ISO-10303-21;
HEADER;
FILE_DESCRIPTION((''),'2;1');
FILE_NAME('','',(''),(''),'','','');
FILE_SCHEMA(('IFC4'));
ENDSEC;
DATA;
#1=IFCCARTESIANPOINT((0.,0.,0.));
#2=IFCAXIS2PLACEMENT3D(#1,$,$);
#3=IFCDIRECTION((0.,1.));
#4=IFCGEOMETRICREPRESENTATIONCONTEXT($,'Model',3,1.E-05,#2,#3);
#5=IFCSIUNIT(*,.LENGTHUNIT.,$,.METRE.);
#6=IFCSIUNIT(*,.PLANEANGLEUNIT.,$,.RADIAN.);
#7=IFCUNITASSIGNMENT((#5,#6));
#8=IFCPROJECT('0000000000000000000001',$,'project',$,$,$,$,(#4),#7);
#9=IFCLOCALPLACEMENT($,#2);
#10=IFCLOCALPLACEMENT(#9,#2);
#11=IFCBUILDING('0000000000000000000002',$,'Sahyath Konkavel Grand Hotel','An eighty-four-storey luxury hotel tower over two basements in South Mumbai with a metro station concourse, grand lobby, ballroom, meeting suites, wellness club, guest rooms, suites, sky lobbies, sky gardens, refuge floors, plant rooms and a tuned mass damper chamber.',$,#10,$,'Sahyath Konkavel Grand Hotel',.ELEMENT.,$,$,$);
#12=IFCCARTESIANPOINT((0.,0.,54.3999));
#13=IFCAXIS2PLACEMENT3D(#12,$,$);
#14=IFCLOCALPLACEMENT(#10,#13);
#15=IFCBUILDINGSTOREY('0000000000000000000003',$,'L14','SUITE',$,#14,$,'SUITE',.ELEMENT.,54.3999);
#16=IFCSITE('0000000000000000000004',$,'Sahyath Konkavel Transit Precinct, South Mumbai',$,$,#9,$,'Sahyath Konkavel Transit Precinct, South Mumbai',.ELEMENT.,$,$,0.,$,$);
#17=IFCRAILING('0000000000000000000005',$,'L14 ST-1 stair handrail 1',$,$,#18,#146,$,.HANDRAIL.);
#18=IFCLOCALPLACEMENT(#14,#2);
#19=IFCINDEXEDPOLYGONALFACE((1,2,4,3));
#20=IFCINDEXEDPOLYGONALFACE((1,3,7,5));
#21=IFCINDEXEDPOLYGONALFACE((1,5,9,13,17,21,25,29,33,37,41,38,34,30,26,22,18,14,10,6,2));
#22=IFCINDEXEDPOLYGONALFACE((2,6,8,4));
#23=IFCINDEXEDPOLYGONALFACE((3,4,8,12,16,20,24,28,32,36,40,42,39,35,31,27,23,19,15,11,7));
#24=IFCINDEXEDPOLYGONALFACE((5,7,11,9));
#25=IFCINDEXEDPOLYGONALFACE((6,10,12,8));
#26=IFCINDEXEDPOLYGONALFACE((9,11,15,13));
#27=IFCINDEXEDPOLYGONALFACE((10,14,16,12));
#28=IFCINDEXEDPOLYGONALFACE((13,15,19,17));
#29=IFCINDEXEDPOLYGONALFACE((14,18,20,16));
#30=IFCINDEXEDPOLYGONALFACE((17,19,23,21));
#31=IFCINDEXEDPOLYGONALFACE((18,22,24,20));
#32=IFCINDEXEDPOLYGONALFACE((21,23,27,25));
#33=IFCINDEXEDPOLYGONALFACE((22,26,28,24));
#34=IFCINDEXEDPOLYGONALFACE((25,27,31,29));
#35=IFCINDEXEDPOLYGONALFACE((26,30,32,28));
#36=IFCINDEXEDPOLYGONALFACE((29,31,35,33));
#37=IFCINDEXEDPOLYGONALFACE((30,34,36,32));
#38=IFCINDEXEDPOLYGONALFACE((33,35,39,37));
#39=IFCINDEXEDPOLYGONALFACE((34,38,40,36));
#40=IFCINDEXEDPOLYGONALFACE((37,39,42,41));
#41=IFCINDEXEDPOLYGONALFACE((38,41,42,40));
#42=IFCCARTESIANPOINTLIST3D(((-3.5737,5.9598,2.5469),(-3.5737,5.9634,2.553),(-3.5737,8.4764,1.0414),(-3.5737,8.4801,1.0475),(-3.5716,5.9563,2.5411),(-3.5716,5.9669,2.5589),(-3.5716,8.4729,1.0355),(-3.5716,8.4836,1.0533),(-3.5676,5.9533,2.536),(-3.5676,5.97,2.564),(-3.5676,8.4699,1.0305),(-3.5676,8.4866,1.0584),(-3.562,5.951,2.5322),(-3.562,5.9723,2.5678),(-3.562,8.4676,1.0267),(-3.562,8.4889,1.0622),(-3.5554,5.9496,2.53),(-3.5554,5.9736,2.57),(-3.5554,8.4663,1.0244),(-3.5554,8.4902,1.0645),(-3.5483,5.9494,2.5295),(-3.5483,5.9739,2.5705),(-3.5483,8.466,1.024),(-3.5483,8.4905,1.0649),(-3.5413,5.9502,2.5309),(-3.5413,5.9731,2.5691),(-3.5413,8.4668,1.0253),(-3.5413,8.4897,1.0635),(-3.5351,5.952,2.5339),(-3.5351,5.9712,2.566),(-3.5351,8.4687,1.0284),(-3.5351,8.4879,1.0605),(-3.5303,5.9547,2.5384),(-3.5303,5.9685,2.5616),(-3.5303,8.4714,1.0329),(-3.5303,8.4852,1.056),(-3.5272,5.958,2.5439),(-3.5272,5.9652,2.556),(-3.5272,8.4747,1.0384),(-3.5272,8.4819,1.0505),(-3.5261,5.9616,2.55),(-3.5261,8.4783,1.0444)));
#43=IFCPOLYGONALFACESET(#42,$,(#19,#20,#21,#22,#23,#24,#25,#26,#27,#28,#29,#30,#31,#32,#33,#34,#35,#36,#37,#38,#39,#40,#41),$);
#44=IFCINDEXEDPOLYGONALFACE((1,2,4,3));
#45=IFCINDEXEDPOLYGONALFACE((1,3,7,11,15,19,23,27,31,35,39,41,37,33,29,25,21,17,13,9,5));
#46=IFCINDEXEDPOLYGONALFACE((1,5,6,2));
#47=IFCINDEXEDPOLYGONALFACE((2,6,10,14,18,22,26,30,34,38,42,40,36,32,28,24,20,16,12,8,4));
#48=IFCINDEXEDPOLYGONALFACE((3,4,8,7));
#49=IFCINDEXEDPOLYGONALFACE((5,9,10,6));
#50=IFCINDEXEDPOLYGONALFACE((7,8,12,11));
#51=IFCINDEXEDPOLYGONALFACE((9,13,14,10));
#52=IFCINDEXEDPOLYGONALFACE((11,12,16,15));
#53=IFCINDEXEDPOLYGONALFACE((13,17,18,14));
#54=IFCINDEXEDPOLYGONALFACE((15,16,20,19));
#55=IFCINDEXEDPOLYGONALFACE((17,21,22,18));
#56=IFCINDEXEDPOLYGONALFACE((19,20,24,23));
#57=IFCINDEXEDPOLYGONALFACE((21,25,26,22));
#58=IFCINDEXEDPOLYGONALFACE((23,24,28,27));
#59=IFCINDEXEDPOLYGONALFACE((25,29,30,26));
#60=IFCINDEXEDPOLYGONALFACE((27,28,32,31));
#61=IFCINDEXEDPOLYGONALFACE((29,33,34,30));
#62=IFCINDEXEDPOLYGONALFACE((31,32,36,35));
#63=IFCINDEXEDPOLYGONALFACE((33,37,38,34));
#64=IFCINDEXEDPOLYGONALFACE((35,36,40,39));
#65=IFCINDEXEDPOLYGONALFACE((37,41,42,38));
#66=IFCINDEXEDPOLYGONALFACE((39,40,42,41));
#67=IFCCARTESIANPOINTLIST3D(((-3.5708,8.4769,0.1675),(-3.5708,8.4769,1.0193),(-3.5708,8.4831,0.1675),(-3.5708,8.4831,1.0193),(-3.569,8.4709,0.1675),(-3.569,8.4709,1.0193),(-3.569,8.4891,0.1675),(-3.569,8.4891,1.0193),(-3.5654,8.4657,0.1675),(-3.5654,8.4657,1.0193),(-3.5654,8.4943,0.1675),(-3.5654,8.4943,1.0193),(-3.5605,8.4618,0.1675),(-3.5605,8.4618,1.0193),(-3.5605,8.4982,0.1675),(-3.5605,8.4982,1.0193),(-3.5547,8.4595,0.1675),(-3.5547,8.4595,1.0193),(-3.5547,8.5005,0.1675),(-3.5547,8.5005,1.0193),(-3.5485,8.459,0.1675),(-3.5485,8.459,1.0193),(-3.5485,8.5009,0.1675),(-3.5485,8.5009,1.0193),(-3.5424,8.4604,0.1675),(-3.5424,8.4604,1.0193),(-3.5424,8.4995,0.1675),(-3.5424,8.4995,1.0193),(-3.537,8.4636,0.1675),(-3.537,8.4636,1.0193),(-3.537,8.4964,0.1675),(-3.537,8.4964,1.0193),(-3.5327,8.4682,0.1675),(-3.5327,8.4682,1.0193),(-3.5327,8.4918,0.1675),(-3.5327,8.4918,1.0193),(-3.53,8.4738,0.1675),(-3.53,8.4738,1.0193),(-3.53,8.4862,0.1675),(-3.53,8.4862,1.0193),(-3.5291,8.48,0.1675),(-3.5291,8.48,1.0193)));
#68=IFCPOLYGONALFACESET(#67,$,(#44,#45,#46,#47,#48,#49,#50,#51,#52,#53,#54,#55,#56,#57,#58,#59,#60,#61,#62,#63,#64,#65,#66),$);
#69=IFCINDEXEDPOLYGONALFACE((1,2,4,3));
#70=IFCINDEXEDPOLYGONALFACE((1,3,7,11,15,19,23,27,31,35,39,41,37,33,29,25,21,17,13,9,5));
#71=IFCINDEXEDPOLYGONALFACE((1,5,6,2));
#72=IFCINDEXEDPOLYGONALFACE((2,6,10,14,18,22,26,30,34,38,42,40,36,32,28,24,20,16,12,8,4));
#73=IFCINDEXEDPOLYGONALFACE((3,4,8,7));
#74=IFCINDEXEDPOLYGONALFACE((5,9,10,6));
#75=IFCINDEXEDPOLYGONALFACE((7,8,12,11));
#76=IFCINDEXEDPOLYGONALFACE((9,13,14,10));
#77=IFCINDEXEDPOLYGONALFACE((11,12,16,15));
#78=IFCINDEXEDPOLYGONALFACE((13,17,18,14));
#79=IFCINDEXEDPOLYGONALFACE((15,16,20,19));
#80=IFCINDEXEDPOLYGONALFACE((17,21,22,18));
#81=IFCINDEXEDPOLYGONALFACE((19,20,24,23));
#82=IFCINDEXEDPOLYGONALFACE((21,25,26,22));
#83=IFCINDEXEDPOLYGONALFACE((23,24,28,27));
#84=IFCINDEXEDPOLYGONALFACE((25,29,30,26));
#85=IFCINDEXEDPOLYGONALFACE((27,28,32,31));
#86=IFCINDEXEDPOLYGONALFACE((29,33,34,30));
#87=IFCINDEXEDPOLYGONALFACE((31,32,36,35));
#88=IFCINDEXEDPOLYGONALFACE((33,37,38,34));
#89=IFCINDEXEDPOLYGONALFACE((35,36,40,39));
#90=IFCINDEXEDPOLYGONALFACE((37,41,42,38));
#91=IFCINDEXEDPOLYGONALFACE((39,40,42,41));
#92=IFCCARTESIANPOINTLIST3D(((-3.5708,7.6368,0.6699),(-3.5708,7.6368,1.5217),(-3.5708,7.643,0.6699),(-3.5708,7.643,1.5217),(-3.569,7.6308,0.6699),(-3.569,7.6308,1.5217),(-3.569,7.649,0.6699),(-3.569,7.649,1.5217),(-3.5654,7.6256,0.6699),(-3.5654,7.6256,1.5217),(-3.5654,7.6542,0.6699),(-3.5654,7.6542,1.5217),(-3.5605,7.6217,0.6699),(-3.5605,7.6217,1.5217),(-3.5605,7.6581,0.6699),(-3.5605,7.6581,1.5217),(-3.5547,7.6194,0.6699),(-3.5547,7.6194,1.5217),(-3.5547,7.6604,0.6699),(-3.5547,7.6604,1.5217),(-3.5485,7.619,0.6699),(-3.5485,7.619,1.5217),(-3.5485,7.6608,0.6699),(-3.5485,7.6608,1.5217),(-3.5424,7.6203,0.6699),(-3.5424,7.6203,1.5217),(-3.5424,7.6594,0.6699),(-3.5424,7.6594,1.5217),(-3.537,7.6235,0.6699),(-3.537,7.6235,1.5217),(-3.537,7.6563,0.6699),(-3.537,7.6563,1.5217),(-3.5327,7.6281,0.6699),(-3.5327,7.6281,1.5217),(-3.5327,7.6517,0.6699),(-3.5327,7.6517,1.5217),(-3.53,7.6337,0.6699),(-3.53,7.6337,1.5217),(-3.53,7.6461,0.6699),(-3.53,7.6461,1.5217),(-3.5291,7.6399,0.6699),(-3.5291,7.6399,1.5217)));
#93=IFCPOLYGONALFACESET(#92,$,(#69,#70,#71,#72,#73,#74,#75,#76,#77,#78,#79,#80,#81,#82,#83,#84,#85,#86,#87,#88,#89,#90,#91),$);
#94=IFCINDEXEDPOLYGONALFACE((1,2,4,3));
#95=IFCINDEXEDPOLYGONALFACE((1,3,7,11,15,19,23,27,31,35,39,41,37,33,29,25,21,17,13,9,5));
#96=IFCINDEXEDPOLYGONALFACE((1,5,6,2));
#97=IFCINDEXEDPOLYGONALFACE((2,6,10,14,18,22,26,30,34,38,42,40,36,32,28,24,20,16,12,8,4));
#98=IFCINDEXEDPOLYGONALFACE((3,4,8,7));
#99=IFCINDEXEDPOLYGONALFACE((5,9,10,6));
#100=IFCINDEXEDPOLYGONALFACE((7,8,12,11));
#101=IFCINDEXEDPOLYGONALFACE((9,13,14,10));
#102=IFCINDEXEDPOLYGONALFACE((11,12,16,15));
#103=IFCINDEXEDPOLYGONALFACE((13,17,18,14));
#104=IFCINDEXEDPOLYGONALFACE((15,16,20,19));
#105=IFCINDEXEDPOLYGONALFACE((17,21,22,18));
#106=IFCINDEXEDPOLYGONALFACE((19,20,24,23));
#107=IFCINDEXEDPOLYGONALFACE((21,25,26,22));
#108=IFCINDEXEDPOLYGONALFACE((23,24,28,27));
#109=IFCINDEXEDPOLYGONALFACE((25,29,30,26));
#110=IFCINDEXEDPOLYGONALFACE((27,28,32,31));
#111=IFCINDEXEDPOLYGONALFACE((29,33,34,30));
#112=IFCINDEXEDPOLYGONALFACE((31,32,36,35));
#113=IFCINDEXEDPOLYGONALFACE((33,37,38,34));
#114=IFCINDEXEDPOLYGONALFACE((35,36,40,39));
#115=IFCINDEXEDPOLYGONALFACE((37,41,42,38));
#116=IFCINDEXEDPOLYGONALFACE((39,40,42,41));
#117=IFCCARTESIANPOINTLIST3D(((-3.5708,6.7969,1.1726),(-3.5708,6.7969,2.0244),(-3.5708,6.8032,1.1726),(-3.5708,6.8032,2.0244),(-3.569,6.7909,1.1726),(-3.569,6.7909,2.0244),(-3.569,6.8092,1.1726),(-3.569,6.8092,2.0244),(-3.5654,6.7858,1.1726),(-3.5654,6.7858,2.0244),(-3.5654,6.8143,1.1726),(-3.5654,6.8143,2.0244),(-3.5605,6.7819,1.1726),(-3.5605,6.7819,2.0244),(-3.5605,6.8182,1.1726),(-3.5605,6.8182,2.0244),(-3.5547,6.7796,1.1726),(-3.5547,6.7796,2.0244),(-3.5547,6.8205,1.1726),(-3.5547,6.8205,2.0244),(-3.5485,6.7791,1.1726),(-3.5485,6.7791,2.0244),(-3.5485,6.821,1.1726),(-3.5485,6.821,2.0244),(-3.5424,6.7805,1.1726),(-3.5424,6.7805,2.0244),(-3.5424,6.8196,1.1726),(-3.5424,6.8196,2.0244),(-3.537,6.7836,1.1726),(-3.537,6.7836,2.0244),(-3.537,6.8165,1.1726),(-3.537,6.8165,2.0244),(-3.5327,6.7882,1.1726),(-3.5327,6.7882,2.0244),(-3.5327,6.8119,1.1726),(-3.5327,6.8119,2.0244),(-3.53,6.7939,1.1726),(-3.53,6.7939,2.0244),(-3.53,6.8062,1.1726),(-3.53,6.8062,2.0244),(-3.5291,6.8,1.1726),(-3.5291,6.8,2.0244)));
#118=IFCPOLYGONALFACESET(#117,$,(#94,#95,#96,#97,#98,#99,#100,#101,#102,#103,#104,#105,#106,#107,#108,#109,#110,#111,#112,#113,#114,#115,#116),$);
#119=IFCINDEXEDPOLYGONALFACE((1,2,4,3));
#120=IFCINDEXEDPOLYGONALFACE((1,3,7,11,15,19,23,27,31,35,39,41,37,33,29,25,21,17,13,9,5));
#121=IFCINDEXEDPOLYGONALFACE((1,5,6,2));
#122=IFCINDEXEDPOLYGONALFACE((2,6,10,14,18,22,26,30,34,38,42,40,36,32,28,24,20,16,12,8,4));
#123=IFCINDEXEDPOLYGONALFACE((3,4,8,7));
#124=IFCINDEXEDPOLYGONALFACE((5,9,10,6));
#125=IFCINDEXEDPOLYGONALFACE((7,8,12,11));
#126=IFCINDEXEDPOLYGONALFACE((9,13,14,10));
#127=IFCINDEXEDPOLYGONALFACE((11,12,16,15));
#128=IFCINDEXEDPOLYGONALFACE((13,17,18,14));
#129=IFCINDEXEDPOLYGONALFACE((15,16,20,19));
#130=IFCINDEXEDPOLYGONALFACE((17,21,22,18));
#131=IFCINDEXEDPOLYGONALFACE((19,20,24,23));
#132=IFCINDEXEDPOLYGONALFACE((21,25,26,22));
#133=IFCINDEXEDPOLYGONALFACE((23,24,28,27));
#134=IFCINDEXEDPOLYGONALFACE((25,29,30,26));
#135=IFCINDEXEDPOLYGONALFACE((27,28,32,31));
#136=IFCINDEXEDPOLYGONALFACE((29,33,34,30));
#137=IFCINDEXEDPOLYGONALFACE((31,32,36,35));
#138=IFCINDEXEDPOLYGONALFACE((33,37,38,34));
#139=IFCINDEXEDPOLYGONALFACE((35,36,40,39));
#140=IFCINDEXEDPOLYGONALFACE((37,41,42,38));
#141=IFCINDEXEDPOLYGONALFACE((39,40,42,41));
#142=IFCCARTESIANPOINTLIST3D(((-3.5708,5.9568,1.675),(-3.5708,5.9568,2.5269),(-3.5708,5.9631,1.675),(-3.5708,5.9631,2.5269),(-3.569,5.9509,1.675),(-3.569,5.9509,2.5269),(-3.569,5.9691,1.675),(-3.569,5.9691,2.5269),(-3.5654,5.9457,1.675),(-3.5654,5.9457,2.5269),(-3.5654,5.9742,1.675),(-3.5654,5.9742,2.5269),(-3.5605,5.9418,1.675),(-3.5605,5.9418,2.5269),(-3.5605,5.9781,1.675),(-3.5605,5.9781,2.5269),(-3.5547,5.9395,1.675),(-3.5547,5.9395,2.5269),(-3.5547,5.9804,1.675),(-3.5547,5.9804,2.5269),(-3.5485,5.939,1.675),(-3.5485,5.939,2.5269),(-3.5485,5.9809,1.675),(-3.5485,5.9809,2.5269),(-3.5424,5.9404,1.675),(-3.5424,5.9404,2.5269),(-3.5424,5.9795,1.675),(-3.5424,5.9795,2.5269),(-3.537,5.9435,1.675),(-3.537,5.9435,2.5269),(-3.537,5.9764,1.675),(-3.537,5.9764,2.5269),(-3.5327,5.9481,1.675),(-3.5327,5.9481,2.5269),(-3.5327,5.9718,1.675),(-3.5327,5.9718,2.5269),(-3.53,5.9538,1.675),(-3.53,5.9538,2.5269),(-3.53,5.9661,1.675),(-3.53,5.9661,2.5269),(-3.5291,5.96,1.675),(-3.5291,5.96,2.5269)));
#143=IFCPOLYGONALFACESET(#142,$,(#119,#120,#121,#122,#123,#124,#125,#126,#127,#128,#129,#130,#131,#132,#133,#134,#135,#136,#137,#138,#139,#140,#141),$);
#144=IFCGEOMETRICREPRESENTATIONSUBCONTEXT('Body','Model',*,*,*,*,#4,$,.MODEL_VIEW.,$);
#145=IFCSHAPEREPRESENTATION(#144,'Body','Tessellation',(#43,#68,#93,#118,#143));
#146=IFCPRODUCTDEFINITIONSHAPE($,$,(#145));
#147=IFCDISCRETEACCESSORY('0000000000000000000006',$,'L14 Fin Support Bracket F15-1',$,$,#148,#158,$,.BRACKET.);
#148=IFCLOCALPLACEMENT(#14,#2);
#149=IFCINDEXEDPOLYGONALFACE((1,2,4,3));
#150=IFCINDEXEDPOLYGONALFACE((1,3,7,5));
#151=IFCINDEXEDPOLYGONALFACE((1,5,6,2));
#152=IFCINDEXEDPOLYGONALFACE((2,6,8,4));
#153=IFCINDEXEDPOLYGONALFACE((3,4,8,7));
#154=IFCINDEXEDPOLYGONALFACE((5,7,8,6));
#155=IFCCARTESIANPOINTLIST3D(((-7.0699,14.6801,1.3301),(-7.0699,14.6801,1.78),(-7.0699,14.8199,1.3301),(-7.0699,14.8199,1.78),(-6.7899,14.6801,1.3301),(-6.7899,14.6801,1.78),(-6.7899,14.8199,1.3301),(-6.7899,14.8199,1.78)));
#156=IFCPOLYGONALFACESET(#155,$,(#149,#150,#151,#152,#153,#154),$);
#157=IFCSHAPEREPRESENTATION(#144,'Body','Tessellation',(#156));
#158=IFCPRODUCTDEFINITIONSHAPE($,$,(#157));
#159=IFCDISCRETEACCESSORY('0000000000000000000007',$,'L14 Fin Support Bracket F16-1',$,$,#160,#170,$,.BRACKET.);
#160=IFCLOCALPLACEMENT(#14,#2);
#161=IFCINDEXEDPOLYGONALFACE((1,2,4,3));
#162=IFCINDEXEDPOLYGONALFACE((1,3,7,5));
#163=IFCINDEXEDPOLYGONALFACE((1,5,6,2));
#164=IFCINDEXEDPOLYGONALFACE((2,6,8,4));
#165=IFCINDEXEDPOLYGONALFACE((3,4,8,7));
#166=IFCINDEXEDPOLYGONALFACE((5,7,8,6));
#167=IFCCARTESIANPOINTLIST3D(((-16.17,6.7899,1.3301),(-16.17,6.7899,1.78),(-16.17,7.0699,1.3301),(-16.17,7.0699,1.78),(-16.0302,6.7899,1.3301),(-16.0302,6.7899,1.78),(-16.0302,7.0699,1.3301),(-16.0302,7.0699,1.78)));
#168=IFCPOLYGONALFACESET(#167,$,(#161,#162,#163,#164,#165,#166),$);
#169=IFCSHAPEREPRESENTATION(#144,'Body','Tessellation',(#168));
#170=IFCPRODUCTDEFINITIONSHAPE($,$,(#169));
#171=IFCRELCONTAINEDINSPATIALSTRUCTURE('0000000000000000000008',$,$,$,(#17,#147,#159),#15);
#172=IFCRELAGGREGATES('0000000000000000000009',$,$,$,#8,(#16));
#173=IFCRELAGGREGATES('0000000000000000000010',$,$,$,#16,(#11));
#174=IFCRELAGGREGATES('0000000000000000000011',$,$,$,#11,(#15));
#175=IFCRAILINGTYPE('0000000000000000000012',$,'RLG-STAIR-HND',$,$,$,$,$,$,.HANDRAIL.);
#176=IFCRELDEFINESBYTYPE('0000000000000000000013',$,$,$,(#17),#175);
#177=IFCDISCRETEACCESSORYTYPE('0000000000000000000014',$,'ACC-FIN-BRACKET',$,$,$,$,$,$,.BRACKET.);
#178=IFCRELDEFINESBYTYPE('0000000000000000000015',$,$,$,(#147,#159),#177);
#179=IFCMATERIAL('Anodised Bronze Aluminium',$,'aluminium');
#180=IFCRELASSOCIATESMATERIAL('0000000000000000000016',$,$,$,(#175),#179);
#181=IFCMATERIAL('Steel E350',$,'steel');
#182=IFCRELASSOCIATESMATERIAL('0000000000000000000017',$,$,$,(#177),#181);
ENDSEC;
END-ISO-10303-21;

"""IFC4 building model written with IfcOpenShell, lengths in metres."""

from ifc_helpers import new_model, si_unit, direction, frame, origin, origin_2d, place, context, subcontext, project, spatial, rectangle, circle, extrude, source, transform, mapped, material, type_object, element, save


model = new_model("IFC4")

# Units and contexts
model_context = context("Model", 3, precision=1e-05, world=origin(), true_north=direction((0.0, 1.0)))
body_context = subcontext(model_context, "Body", "Model", "MODEL_VIEW")
ifc_project = project(units=[si_unit("LENGTHUNIT", "METRE"), si_unit("PLANEANGLEUNIT", "RADIAN")], contexts=[model_context])

# Site, building, storey
site_placement = place(None, origin())
site = spatial("IfcSite", under=ifc_project, at=site_placement, Name="Sahyath Konkavel Transit Precinct, South Mumbai", LongName="Sahyath Konkavel Transit Precinct, South Mumbai", CompositionType="ELEMENT", RefElevation=0.0)
building_placement = place(site_placement, origin())
building = spatial("IfcBuilding", under=site, at=building_placement, Name="Sahyath Konkavel Grand Hotel", Description="An eighty-four-storey luxury hotel tower over two basements in South Mumbai with a metro station concourse, grand lobby, ballroom, meeting suites, wellness club, guest rooms, suites, sky lobbies, sky gardens, refuge floors, plant rooms and a tuned mass damper chamber.", LongName="Sahyath Konkavel Grand Hotel", CompositionType="ELEMENT")
storey_placement = place(building_placement, frame((0.0, 0.0, 54.3999)))
storey = spatial("IfcBuildingStorey", under=building, at=storey_placement, Name="L14", Description="SUITE", LongName="SUITE", CompositionType="ELEMENT", Elevation=54.3999)

# Shared definitions
ifc_material_1 = material(Name="Steel E350", Category="steel")

# Shared definitions
ifc_material_2 = material(Name="Anodised Bronze Aluminium", Category="aluminium")

# Railing
railing_type_1 = type_object("IfcRailingType", Name="RLG-STAIR-HND", PredefinedType="HANDRAIL", material=ifc_material_2)
railing_1_placement = place(storey_placement, frame((-3.55, 8.48, 0.1675)))
element("IfcRailing", 1, at=railing_1_placement, inside=storey, type_object=railing_type_1, Name="L14 ST-1 stair handrail 1", PredefinedType="HANDRAIL", context=body_context, shape_type="SweptSolid", body=[
    extrude(circle(Radius=0.0239, at=origin_2d()), frame((0.0, -0.0017, 0.877), z_axis=(0.0, -0.85816, 0.513383), x_axis=(1.0, 0.0, 0.0)), (0.0, 0.0, 1.0), 2.9326),
    extrude(circle(Radius=0.021, at=origin_2d()), origin(), (0.0, 0.0, 1.0), 0.8518),
    extrude(circle(Radius=0.021, at=origin_2d()), frame((0.0, -0.8401, 0.5024)), (0.0, 0.0, 1.0), 0.8518),
    extrude(circle(Radius=0.021, at=origin_2d()), frame((0.0, -1.6799, 1.0051)), (0.0, 0.0, 1.0), 0.8518),
    extrude(circle(Radius=0.021, at=origin_2d()), frame((0.0, -2.52, 1.5076)), (0.0, 0.0, 1.0), 0.8518),
])

# Discrete accessories
discrete_accessory_type = type_object("IfcDiscreteAccessoryType", Name="ACC-FIN-BRACKET", PredefinedType="BRACKET", material=ifc_material_1)
shared_shape_1 = source(origin(), body_context, "Body", "SweptSolid", [
    extrude(rectangle(XDim=0.28, YDim=0.1399, at=origin_2d()), origin(), (0.0, 0.0, 1.0), 0.45),
])
for number, where, z_axis, x_axis, name in (
    (2, (-6.9299, 14.75, 1.3301), (0.0, 0.0, 1.0), (-1.0, 0.0, 0.0), "L14 Fin Support Bracket F15-1"),
    (3, (-16.1001, 6.9299, 1.3301), (0.0, 0.0, 1.0), (0.0, 1.0, 0.0), "L14 Fin Support Bracket F16-1"),
):
    element("IfcDiscreteAccessory", number, at=place(storey_placement, frame(where, z_axis=z_axis, x_axis=x_axis)), inside=storey, type_object=discrete_accessory_type, Name=name, PredefinedType="BRACKET", context=body_context, shape_type="MappedRepresentation", body=[
        mapped(shared_shape_1, transform((0.0, 0.0, 0.0), scale=1.0)),
    ])

save(model, "model.ifc")
